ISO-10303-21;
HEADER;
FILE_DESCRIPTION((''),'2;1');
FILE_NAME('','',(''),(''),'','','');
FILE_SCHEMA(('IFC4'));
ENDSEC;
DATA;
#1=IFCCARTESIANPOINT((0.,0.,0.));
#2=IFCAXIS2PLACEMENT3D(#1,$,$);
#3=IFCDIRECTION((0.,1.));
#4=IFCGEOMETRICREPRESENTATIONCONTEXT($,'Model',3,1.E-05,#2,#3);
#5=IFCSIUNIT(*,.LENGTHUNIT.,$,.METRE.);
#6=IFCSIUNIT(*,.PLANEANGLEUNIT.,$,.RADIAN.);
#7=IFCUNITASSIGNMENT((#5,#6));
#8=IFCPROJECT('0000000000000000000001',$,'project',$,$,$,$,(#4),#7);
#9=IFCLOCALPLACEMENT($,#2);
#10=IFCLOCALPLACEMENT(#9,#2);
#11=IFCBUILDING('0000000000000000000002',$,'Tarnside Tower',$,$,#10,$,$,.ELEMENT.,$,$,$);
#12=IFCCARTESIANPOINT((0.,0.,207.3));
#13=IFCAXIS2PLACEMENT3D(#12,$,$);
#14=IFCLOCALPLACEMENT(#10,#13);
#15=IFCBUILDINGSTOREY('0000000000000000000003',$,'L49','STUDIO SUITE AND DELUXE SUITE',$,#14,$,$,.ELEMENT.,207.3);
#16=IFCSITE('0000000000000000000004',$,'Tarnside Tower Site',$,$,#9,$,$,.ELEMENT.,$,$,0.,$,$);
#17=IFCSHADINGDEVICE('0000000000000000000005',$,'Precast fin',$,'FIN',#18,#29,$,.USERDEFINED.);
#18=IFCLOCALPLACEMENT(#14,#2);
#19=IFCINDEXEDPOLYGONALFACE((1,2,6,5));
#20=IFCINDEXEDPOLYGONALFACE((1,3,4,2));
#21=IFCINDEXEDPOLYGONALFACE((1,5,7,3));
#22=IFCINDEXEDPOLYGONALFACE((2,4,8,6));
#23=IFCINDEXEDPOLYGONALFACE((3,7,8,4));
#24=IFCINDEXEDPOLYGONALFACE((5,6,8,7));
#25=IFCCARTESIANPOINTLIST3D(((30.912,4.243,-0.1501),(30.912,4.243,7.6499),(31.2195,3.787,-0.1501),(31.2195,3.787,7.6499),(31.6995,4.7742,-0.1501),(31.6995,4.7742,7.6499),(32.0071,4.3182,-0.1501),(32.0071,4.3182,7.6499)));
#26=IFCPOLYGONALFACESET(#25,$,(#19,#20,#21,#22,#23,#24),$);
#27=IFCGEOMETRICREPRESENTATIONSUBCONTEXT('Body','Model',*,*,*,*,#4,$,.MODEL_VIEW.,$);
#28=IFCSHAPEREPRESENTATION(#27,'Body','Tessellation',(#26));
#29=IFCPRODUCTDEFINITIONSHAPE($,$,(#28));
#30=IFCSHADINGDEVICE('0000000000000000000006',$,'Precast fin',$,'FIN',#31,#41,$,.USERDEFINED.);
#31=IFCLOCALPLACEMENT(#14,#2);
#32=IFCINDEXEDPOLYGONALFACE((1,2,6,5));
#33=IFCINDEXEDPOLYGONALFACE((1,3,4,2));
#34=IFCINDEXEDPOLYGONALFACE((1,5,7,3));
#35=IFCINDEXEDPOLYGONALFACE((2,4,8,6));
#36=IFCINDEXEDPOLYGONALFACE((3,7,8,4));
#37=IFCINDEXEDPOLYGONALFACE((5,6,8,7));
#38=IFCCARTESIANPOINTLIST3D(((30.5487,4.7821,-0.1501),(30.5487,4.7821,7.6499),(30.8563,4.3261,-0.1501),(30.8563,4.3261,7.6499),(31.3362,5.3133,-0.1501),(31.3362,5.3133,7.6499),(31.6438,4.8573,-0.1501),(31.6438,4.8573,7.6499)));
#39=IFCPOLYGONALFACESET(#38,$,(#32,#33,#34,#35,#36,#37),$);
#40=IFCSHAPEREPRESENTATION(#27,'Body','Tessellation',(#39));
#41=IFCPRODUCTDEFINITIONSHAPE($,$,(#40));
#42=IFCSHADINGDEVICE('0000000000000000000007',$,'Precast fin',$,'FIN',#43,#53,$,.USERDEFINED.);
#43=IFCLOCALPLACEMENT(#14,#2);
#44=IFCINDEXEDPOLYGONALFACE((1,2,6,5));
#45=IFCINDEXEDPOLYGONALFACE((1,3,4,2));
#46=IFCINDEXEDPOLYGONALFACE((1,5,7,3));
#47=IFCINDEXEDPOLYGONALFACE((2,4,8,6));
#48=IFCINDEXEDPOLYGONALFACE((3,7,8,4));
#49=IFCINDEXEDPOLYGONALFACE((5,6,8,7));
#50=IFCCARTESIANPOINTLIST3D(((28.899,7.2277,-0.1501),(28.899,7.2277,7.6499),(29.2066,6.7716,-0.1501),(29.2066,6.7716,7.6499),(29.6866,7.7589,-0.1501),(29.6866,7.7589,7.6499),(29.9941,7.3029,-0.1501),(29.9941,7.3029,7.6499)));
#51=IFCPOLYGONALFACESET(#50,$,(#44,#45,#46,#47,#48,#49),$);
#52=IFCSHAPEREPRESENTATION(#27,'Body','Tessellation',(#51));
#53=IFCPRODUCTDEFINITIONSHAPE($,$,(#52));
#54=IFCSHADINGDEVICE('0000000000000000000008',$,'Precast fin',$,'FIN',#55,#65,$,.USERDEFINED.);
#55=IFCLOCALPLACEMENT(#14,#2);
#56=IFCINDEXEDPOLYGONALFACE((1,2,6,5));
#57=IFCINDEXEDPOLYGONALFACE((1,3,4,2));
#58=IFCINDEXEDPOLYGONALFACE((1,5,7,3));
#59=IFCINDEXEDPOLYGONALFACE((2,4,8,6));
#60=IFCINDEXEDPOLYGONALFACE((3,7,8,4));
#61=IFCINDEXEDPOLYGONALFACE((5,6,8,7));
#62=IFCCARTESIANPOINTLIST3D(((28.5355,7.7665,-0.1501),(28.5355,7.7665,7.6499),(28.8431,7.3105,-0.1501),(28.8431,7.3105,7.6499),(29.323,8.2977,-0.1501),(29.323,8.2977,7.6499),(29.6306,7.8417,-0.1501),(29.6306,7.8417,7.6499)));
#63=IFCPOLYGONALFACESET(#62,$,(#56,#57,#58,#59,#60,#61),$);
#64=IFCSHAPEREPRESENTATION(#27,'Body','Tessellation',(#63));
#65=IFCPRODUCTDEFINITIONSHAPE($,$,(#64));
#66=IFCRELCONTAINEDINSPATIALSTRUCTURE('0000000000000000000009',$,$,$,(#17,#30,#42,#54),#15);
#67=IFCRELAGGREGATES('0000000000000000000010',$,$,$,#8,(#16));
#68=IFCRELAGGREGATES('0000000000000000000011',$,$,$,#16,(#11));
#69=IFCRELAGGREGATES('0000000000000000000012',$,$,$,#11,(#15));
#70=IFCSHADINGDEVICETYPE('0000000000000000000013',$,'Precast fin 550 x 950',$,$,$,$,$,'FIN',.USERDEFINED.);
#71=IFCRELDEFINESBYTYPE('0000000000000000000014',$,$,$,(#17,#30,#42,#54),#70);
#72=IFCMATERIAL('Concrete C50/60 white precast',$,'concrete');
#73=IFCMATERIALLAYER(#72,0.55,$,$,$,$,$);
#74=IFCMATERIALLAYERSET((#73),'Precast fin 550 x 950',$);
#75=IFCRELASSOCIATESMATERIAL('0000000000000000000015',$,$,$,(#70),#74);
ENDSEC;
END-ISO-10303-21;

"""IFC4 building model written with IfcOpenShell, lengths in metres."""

from ifc_helpers import new_model, si_unit, direction, frame, origin, place, context, subcontext, project, spatial, polyline, outline, extrude, material, layer, layer_set, type_object, element, save


model = new_model("IFC4")

# Units and contexts
model_context = context("Model", 3, precision=1e-05, world=origin(), true_north=direction((0.0, 1.0)))
body_context = subcontext(model_context, "Body", "Model", "MODEL_VIEW")
ifc_project = project(units=[si_unit("LENGTHUNIT", "METRE"), si_unit("PLANEANGLEUNIT", "RADIAN")], contexts=[model_context])

# Site, building, storey
site_placement = place(None, origin())
site = spatial("IfcSite", under=ifc_project, at=site_placement, Name="Tarnside Tower Site", CompositionType="ELEMENT", RefElevation=0.0)
building_placement = place(site_placement, origin())
building = spatial("IfcBuilding", under=site, at=building_placement, Name="Tarnside Tower", CompositionType="ELEMENT")
storey_placement = place(building_placement, frame((0.0, 0.0, 207.3)))
storey = spatial("IfcBuildingStorey", under=building, at=storey_placement, Name="L49", Description="STUDIO SUITE AND DELUXE SUITE", CompositionType="ELEMENT", Elevation=207.3)

# Shading devices
ifc_material_1 = material(Name="Concrete C50/60 white precast", Category="concrete")
ifc_layer_1 = layer(ifc_material_1, 0.55)
ifc_layer_set_1 = layer_set([ifc_layer_1], Name="Precast fin 550 x 950")
shading_device_type_1 = type_object("IfcShadingDeviceType", Name="Precast fin 550 x 950", ElementType="FIN", PredefinedType="USERDEFINED", material=ifc_layer_set_1)
for number, where, z_axis, x_axis, name in (
    (1, (31.0657, 4.0151, -0.1501), (0.559193, -0.829038, 0.0), (0.829038, 0.559193, 0.0), "Precast fin"),
    (2, (30.7024, 4.5542, -0.1501), (0.559193, -0.829038, 0.0), (0.829038, 0.559193, 0.0), "Precast fin"),
    (3, (29.0527, 6.9998, -0.1501), (0.559193, -0.829038, 0.0), (0.829038, 0.559193, 0.0), "Precast fin"),
    (4, (28.6892, 7.5386, -0.1501), (0.559193, -0.829038, 0.0), (0.829038, 0.559193, 0.0), "Precast fin"),
):
    element("IfcShadingDevice", number, at=place(storey_placement, frame(where, z_axis=z_axis, x_axis=x_axis)), inside=storey, type_object=shading_device_type_1, Name=name, ObjectType="FIN", PredefinedType="USERDEFINED", context=body_context, shape_type="SweptSolid", body=[
        extrude(outline(polyline([(0.0, 0.0), (0.95, 0.0), (0.95, 7.8), (0.0, 7.8), (0.0, 0.0)])), frame((0.0, 0.0, -0.2749)), (0.0, 0.0, 1.0), 0.55),
    ])

save(model, "model.ifc")
